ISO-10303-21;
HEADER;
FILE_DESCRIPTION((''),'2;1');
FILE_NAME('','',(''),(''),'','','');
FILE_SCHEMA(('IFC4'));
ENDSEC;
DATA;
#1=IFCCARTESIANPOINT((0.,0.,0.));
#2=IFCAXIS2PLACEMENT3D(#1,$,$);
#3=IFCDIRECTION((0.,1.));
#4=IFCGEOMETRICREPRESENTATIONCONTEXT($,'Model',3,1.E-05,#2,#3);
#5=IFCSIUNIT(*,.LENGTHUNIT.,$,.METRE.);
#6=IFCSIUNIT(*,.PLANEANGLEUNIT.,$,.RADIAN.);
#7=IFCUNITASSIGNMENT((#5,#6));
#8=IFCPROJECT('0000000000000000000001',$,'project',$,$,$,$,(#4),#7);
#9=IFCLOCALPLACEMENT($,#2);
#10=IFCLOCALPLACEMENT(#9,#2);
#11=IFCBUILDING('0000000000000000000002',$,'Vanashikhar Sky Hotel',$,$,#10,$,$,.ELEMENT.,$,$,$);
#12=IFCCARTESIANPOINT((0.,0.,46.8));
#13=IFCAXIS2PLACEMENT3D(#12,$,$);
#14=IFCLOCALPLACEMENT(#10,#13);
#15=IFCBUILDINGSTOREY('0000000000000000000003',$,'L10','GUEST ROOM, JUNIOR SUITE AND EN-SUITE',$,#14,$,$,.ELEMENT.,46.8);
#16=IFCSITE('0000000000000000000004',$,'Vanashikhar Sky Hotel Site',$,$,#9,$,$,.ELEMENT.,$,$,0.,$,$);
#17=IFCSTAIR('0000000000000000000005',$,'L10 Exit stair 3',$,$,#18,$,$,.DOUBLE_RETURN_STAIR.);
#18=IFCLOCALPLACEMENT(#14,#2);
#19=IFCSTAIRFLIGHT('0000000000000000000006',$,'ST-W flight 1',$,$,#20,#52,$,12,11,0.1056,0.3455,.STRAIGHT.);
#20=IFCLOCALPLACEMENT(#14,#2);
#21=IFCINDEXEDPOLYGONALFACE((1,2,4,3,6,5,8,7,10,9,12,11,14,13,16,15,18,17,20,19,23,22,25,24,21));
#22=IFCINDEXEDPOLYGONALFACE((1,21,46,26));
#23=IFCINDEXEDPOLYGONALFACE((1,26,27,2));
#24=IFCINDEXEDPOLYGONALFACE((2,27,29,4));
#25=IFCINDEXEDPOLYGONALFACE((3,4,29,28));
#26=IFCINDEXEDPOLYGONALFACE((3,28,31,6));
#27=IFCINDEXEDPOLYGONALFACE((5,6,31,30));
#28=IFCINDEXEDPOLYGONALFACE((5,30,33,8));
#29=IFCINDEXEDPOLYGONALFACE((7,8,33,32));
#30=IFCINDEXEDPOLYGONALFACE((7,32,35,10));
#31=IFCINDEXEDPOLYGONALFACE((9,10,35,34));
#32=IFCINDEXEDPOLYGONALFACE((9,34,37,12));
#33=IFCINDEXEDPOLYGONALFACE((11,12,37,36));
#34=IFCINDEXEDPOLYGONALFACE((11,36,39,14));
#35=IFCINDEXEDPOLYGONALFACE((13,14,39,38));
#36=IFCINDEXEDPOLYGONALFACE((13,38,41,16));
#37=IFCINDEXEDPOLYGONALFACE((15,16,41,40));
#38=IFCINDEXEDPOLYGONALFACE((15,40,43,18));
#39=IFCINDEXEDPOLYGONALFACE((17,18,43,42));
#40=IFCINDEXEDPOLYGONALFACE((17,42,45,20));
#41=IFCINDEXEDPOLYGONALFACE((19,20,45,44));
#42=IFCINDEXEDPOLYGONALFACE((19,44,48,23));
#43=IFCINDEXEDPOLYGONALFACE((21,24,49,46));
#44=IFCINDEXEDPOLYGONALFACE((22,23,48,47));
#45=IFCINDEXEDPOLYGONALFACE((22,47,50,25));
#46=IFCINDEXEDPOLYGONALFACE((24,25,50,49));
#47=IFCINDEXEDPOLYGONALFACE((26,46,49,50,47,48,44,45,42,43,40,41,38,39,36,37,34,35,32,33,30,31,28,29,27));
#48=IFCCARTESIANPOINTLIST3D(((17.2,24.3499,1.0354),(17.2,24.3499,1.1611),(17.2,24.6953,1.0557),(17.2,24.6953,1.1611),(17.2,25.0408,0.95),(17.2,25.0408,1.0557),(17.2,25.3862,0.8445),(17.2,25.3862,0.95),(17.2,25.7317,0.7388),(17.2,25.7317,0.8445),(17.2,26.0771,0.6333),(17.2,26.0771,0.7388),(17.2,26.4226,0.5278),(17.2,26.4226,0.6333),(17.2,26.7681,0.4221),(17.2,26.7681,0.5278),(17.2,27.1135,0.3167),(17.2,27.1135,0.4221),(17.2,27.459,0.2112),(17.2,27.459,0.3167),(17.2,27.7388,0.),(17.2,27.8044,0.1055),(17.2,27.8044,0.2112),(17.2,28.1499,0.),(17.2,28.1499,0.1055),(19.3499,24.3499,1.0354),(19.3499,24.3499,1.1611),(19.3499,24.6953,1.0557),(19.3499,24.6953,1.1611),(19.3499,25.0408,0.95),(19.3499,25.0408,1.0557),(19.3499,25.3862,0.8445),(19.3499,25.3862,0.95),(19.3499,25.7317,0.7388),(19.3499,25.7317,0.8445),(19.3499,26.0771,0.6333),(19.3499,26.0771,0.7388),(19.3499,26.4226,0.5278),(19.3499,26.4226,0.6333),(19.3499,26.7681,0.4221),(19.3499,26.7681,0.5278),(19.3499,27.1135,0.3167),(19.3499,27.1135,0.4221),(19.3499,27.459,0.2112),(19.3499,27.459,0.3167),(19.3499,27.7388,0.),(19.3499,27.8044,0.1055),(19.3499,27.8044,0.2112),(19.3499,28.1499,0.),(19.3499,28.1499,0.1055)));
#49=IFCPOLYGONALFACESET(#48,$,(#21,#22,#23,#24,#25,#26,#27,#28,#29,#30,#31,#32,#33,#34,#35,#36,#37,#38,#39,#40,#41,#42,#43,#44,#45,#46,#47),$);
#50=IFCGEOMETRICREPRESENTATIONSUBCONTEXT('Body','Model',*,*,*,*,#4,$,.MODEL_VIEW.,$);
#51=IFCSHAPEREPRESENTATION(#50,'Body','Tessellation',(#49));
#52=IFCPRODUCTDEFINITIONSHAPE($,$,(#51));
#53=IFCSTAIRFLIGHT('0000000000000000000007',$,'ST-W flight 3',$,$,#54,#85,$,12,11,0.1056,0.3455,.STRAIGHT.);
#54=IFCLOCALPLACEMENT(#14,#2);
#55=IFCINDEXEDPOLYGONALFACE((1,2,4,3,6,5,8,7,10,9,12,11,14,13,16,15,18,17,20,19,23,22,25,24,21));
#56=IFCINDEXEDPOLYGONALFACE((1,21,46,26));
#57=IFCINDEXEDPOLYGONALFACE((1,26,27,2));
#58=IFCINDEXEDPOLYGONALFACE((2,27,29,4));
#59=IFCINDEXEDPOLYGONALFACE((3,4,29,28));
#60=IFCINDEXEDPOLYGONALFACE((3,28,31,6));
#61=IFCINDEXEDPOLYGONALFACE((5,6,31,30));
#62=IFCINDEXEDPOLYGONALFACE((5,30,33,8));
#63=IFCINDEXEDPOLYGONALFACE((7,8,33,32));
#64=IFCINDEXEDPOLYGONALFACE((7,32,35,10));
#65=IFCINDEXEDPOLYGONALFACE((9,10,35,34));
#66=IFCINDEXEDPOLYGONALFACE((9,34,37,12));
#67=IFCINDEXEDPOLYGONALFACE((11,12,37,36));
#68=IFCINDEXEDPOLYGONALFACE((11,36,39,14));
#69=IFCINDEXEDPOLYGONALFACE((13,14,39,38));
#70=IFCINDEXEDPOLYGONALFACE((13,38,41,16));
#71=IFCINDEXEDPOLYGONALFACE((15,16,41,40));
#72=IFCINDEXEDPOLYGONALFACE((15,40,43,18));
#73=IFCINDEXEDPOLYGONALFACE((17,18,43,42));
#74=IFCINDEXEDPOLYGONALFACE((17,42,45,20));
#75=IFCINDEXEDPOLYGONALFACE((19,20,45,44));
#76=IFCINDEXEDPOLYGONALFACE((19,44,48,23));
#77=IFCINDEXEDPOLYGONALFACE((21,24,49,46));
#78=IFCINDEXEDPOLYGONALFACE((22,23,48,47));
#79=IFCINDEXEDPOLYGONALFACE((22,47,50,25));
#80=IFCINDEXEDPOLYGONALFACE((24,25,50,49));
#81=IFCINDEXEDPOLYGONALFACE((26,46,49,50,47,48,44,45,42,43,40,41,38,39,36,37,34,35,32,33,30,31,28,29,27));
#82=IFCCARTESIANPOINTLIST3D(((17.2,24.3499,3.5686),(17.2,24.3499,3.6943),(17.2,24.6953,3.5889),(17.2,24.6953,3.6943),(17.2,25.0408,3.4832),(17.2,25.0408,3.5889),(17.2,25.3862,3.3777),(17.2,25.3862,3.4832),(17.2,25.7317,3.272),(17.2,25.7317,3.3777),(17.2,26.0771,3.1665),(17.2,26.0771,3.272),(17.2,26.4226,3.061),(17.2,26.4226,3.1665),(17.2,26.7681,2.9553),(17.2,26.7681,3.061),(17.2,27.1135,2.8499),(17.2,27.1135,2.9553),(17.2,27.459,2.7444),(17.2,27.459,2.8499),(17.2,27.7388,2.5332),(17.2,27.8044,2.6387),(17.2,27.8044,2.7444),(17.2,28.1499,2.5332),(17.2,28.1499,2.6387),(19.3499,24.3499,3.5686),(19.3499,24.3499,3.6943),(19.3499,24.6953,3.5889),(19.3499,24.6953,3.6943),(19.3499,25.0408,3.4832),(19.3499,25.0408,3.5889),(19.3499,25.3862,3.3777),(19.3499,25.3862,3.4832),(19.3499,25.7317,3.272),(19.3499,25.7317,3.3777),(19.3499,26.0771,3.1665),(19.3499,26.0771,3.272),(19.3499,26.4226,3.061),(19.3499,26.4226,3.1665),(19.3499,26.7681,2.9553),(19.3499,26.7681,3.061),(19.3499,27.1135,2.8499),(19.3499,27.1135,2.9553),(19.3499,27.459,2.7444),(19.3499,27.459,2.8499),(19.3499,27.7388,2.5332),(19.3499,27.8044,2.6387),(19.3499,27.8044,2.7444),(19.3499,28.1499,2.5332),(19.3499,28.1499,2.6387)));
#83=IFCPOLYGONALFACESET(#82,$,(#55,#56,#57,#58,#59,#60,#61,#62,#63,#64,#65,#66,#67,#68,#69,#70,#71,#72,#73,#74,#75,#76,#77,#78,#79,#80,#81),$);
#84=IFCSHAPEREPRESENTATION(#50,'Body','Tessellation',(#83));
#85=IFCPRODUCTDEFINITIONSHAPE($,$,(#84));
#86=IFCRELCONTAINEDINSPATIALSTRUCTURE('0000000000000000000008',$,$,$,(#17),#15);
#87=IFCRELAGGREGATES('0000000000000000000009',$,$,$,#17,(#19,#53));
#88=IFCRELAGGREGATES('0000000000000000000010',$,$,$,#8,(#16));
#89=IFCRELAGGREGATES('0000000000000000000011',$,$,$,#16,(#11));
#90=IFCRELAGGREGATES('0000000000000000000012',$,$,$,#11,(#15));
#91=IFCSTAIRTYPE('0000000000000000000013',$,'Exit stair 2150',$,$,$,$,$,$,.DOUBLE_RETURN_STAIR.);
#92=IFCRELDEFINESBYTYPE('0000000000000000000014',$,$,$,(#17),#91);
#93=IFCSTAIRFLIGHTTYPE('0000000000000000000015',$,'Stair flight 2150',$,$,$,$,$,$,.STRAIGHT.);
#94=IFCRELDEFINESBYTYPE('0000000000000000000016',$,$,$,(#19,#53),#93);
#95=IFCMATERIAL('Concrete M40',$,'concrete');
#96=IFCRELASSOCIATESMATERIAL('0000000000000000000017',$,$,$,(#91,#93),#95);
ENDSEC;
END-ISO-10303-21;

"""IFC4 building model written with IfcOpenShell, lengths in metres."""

from ifc_helpers import new_model, si_unit, direction, frame, origin, place, context, subcontext, project, spatial, polyline, outline, extrude, source, transform, mapped, material, type_object, element, aggregate, save


model = new_model("IFC4")

# Units and contexts
model_context = context("Model", 3, precision=1e-05, world=origin(), true_north=direction((0.0, 1.0)))
body_context = subcontext(model_context, "Body", "Model", "MODEL_VIEW")
ifc_project = project(units=[si_unit("LENGTHUNIT", "METRE"), si_unit("PLANEANGLEUNIT", "RADIAN")], contexts=[model_context])

# Site, building, storey
site_placement = place(None, origin())
site = spatial("IfcSite", under=ifc_project, at=site_placement, Name="Vanashikhar Sky Hotel Site", CompositionType="ELEMENT", RefElevation=0.0)
building_placement = place(site_placement, origin())
building = spatial("IfcBuilding", under=site, at=building_placement, Name="Vanashikhar Sky Hotel", CompositionType="ELEMENT")
storey_placement = place(building_placement, frame((0.0, 0.0, 46.8)))
storey = spatial("IfcBuildingStorey", under=building, at=storey_placement, Name="L10", Description="GUEST ROOM, JUNIOR SUITE AND EN-SUITE", CompositionType="ELEMENT", Elevation=46.8)

# Stair, stair flights
ifc_material_1 = material(Name="Concrete M40", Category="concrete")
stair_type = type_object("IfcStairType", Name="Exit stair 2150", PredefinedType="DOUBLE_RETURN_STAIR", material=ifc_material_1)
stair_placement = place(storey_placement, origin())
stair = element("IfcStair", 1, at=stair_placement, inside=storey, type_object=stair_type, Name="L10 Exit stair 3", PredefinedType="DOUBLE_RETURN_STAIR")
stair_flight_type = type_object("IfcStairFlightType", Name="Stair flight 2150", PredefinedType="STRAIGHT", material=ifc_material_1)
shared_shape_1 = source(origin(), body_context, "Body", "SweptSolid", [
    extrude(outline(polyline([(0.0, 0.0), (0.0, 0.1055), (0.3455, 0.1055), (0.3455, 0.2112), (0.6909, 0.2112), (0.6909, 0.3167), (1.0364, 0.3167), (1.0364, 0.4221), (1.3818, 0.4221), (1.3818, 0.5278), (1.7273, 0.5278), (1.7273, 0.6333), (2.0728, 0.6333), (2.0728, 0.7388), (2.4182, 0.7388), (2.4182, 0.8445), (2.7637, 0.8445), (2.7637, 0.95), (3.1091, 0.95), (3.1091, 1.0557), (3.4546, 1.0557), (3.4546, 1.1611), (3.8, 1.1611), (3.8, 1.2666), (3.8, 1.0354), (0.4111, 0.0), (0.0, 0.0)])), frame((0.0, 1.075, 0.0), z_axis=(0.0, -1.0, 0.0), x_axis=(1.0, 0.0, 0.0)), (0.0, 0.0, 1.0), 2.1499),
])
stair_flight_1_placement = place(storey_placement, frame((18.2749, 28.1499, 0.0), z_axis=(0.0, 0.0, 1.0), x_axis=(0.0, -1.0, 0.0)))
stair_flight_1 = element("IfcStairFlight", 2, at=stair_flight_1_placement, type_object=stair_flight_type, Name="ST-W flight 1", NumberOfRisers=12, NumberOfTreads=11, PredefinedType="STRAIGHT", RiserHeight=0.1056, TreadLength=0.3455, context=body_context, shape_type="MappedRepresentation", body=[
    mapped(shared_shape_1, transform((0.0, 0.0, 0.0), scale=1.0)),
])
stair_flight_2_placement = place(storey_placement, frame((18.2749, 28.1499, 2.5332), z_axis=(0.0, 0.0, 1.0), x_axis=(0.0, -1.0, 0.0)))
stair_flight_2 = element("IfcStairFlight", 3, at=stair_flight_2_placement, type_object=stair_flight_type, Name="ST-W flight 3", NumberOfRisers=12, NumberOfTreads=11, PredefinedType="STRAIGHT", RiserHeight=0.1056, TreadLength=0.3455, context=body_context, shape_type="MappedRepresentation", body=[
    mapped(shared_shape_1, transform((0.0, 0.0, 0.0), scale=1.0)),
])
aggregate(stair, [stair_flight_1, stair_flight_2])

save(model, "model.ifc")
